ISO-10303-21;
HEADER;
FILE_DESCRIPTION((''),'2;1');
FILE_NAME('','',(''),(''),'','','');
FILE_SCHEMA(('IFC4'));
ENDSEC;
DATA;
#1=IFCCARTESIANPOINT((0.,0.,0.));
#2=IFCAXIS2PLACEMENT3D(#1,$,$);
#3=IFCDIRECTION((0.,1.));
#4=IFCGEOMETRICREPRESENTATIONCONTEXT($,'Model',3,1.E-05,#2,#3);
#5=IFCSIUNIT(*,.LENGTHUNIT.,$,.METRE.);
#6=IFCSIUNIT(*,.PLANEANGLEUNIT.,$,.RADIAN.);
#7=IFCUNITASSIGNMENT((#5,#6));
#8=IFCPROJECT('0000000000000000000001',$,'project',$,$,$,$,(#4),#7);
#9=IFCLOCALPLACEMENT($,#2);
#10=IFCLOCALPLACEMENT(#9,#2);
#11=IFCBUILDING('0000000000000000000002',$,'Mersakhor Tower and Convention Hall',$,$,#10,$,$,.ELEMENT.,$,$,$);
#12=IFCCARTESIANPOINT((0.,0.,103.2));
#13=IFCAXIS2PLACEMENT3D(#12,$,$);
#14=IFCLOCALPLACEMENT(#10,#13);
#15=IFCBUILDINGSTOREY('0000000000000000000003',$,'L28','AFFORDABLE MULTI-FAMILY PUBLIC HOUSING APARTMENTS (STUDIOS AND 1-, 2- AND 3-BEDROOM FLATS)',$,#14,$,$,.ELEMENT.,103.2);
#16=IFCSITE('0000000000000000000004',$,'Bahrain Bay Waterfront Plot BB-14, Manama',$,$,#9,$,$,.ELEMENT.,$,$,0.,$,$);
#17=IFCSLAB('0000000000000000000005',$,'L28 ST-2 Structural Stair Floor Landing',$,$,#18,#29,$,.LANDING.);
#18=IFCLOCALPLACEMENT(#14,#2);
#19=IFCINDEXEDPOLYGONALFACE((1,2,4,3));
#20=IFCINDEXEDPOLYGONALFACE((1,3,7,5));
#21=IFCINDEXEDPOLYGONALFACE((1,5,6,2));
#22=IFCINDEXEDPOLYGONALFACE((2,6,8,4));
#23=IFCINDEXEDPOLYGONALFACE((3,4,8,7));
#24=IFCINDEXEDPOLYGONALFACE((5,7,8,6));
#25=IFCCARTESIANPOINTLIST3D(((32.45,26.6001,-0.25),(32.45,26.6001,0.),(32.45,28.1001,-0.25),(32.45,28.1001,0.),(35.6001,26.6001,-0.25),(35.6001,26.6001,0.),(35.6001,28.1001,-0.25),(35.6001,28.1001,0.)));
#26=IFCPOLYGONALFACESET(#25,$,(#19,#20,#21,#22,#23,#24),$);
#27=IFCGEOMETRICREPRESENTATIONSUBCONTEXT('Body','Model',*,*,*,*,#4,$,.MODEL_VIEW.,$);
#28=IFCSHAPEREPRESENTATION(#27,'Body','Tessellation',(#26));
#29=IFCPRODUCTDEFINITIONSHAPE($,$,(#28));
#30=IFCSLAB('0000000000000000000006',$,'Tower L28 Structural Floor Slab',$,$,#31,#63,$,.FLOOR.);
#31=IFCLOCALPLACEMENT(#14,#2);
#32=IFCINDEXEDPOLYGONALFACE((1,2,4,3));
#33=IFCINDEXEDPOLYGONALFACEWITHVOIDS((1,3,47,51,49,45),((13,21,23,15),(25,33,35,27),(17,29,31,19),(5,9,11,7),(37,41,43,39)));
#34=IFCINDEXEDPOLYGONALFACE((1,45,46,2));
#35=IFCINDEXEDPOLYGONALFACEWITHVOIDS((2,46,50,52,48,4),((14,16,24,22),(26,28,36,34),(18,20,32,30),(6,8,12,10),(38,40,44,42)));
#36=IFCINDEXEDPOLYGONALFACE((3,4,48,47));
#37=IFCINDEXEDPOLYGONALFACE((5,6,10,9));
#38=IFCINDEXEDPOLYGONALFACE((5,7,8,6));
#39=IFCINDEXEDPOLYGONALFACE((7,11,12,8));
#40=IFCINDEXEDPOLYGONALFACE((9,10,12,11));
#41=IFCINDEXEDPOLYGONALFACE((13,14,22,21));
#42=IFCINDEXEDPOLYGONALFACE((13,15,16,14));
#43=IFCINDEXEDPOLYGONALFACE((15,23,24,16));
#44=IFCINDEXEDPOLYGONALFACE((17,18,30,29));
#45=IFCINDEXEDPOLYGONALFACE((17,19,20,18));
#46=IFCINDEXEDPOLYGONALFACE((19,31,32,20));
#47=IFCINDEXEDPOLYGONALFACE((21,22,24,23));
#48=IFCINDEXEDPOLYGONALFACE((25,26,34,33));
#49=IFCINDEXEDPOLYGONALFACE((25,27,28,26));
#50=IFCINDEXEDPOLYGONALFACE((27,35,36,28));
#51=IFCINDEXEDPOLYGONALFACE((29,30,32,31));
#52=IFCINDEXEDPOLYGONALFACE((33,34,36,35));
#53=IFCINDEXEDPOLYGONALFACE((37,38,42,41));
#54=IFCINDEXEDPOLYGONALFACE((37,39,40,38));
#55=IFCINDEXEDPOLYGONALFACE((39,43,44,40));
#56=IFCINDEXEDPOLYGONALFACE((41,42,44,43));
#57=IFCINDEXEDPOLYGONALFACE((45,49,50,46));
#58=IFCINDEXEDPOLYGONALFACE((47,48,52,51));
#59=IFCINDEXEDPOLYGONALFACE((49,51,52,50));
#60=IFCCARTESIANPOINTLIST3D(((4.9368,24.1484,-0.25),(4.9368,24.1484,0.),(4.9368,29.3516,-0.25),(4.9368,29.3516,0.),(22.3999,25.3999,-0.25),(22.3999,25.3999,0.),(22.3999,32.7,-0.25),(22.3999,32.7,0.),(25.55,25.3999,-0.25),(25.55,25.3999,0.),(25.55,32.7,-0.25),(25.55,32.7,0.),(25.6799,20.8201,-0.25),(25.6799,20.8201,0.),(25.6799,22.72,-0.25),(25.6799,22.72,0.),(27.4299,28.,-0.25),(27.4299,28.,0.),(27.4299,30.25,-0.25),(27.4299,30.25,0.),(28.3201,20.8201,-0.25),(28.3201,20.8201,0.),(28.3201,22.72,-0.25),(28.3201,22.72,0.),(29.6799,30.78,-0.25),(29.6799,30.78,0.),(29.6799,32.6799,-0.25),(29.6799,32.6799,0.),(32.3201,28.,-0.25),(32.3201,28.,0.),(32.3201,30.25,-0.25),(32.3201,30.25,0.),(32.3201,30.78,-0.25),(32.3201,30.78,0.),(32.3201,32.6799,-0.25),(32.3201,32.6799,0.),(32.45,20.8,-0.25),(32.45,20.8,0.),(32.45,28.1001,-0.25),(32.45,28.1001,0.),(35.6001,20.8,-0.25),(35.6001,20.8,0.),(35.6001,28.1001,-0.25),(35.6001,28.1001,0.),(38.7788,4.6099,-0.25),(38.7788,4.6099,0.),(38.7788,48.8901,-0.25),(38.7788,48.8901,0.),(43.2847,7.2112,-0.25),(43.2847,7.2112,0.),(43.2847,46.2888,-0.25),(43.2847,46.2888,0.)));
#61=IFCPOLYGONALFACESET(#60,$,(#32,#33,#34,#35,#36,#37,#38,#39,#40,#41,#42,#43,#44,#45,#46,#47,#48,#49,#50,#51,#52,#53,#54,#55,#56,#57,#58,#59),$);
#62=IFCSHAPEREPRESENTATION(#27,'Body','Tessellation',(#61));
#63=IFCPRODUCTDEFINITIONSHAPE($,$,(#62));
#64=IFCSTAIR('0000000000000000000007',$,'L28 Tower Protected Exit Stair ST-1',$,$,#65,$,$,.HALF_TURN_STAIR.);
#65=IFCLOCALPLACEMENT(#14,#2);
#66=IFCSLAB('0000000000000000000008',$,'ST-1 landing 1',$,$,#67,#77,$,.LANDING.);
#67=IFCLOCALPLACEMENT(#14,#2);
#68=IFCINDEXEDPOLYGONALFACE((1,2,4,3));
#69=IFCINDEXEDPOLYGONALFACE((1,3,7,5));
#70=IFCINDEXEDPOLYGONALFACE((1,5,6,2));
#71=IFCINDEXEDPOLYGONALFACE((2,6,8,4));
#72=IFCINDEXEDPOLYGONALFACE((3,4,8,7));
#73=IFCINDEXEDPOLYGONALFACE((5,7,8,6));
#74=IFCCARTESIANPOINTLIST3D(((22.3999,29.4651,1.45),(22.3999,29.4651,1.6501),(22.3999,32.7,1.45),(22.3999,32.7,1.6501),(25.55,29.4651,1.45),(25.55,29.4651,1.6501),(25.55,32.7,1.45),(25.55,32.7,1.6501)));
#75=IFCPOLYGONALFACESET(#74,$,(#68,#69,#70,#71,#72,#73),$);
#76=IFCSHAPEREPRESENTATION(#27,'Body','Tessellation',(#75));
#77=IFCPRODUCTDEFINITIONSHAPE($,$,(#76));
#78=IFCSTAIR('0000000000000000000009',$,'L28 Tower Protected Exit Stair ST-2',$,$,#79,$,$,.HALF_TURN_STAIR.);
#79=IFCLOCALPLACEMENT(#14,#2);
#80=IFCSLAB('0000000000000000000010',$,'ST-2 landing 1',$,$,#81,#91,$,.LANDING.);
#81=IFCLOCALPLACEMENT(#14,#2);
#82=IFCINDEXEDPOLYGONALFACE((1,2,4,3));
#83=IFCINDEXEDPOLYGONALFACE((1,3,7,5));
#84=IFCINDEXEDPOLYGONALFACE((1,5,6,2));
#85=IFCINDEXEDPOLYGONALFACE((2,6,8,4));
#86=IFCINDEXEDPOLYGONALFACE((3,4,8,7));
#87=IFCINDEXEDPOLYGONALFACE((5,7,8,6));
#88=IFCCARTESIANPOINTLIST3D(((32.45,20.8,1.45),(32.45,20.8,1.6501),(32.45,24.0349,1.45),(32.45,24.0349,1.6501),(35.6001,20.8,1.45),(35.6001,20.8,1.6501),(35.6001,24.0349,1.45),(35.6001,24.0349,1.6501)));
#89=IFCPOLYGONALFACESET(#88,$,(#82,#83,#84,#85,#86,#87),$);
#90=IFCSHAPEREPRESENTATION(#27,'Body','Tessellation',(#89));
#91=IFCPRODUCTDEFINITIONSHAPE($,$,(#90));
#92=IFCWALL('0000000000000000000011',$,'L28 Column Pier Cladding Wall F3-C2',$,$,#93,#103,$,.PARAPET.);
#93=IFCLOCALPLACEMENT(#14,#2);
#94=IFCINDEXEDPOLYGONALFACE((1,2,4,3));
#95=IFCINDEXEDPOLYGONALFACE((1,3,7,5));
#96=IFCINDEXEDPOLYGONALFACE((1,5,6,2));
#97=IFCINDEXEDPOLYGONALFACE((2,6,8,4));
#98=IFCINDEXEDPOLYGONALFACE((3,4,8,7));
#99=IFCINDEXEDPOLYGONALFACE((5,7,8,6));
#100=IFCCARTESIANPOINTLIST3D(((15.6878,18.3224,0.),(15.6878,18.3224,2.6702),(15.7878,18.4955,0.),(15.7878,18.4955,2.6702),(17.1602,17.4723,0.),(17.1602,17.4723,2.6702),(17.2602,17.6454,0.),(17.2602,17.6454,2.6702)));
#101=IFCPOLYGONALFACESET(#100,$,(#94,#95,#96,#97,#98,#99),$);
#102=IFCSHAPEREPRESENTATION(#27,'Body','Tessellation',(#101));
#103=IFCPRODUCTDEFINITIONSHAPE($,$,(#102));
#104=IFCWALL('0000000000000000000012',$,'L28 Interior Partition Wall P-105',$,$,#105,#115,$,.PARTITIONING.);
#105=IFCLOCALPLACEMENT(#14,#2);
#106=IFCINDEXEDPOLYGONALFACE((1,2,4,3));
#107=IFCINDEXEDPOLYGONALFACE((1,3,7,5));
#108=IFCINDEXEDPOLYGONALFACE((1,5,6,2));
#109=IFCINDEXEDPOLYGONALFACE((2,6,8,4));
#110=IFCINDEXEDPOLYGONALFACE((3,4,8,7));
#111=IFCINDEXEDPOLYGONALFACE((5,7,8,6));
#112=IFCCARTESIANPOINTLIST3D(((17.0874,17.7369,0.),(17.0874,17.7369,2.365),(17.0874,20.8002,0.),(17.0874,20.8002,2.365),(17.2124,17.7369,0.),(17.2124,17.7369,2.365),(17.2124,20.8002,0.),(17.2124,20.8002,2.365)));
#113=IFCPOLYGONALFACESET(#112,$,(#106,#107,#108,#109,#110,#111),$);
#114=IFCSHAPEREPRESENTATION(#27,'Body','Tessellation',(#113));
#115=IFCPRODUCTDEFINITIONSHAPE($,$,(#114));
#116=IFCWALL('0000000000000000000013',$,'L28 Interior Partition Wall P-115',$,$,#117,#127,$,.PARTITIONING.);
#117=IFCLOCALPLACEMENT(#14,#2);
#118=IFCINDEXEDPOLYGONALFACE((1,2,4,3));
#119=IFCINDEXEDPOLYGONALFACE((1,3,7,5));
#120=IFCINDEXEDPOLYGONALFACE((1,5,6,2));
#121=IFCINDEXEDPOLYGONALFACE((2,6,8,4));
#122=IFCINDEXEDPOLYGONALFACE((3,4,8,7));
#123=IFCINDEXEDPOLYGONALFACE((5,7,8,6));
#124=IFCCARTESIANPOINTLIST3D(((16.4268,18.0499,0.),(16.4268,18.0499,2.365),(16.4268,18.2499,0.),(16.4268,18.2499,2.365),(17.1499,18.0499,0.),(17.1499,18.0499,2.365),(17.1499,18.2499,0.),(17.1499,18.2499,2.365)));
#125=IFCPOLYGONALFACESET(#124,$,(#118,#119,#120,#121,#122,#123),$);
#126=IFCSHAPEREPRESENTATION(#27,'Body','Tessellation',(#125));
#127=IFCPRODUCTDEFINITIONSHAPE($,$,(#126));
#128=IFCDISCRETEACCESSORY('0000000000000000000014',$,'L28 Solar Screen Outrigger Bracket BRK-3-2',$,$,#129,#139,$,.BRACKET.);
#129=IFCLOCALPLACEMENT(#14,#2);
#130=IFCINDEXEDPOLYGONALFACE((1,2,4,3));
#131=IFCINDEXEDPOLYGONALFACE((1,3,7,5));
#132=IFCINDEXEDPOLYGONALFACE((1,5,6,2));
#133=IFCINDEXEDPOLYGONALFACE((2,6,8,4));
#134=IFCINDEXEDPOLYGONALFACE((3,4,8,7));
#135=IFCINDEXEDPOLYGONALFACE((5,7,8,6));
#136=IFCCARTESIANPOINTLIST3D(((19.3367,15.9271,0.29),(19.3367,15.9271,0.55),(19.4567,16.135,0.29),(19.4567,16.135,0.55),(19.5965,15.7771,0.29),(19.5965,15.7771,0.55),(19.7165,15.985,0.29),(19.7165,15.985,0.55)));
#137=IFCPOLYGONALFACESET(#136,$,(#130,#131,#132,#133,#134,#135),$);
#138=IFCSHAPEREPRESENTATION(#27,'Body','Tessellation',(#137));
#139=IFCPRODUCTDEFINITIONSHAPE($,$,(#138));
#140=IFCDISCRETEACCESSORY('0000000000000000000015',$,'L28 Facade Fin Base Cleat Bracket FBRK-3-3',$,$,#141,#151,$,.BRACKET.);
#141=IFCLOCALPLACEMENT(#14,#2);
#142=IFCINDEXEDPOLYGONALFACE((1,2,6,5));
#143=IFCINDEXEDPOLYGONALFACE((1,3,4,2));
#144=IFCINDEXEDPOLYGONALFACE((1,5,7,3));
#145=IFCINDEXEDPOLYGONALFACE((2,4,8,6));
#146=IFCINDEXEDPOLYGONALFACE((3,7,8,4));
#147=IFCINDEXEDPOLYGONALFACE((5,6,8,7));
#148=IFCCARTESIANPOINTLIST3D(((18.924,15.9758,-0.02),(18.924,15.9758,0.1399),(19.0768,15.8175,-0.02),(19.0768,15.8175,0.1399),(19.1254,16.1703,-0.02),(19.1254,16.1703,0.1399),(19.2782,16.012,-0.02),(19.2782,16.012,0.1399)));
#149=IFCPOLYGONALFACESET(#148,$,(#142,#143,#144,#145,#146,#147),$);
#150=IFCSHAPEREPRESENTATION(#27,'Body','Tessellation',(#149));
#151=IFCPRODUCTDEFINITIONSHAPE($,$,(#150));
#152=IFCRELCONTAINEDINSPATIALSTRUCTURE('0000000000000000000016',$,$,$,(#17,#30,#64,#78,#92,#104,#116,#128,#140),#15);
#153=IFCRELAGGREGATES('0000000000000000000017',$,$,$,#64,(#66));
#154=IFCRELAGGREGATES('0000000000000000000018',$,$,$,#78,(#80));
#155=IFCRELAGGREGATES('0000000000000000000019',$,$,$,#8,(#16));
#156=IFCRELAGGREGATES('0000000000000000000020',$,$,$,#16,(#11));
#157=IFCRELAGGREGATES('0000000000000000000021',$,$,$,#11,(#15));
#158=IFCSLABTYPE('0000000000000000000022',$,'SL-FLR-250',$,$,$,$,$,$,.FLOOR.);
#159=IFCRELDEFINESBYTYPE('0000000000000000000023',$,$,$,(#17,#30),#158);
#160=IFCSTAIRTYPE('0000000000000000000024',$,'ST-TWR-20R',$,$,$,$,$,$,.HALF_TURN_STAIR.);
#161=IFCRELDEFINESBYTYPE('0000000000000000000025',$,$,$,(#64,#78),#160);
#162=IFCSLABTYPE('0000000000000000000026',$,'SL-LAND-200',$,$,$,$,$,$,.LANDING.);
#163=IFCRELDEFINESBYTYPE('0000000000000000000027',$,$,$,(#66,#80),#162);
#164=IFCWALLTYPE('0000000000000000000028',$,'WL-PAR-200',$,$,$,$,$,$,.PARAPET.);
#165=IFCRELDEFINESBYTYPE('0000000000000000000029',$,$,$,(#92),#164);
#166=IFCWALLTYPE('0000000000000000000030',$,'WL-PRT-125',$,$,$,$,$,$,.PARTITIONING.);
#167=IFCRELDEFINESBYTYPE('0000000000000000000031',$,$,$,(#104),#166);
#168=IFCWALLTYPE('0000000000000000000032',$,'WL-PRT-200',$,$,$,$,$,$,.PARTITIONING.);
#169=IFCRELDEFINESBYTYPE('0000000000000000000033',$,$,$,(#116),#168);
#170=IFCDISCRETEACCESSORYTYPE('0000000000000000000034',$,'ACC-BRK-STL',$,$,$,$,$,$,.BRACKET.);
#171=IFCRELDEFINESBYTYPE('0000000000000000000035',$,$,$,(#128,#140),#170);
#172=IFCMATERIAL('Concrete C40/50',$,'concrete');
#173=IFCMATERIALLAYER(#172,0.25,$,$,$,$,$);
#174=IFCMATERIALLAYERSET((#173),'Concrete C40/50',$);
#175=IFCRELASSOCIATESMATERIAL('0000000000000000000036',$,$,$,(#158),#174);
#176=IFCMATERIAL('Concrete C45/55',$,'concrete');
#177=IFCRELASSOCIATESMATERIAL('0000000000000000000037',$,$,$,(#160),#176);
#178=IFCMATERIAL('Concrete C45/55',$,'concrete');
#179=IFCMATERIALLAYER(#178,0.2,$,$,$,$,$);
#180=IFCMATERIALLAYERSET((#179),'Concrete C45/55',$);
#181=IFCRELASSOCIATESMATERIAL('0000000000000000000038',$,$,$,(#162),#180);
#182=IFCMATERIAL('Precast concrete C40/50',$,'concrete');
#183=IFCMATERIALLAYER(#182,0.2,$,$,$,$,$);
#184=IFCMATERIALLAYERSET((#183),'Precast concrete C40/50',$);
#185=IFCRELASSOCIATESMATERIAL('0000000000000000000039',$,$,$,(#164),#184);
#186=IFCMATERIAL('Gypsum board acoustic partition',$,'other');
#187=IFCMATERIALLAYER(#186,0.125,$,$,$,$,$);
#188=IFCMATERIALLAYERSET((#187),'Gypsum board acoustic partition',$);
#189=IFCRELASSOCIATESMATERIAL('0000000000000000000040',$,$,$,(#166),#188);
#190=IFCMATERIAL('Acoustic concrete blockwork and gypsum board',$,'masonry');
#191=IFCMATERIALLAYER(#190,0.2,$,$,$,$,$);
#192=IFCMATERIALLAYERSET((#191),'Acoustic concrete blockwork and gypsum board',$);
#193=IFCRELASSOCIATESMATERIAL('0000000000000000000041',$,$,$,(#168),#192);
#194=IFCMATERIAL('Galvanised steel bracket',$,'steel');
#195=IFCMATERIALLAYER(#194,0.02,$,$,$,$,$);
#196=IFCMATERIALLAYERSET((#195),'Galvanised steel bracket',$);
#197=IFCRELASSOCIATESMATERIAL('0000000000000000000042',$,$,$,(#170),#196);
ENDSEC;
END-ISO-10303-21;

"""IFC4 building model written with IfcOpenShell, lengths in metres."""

from ifc_helpers import new_model, si_unit, direction, frame, frame_2d, origin, origin_2d, place, context, subcontext, project, spatial, polyline, rectangle, outline, extrude, material, layer, layer_set, type_object, element, aggregate, save


model = new_model("IFC4")

# Units and contexts
model_context = context("Model", 3, precision=1e-05, world=origin(), true_north=direction((0.0, 1.0)))
body_context = subcontext(model_context, "Body", "Model", "MODEL_VIEW")
ifc_project = project(units=[si_unit("LENGTHUNIT", "METRE"), si_unit("PLANEANGLEUNIT", "RADIAN")], contexts=[model_context])

# Site, building, storey
site_placement = place(None, origin())
site = spatial("IfcSite", under=ifc_project, at=site_placement, Name="Bahrain Bay Waterfront Plot BB-14, Manama", CompositionType="ELEMENT", RefElevation=0.0)
building_placement = place(site_placement, origin())
building = spatial("IfcBuilding", under=site, at=building_placement, Name="Mersakhor Tower and Convention Hall", CompositionType="ELEMENT")
storey_placement = place(building_placement, frame((0.0, 0.0, 103.2)))
storey = spatial("IfcBuildingStorey", under=building, at=storey_placement, Name="L28", Description="AFFORDABLE MULTI-FAMILY PUBLIC HOUSING APARTMENTS (STUDIOS AND 1-, 2- AND 3-BEDROOM FLATS)", CompositionType="ELEMENT", Elevation=103.2)

# Slabs
ifc_material_1 = material(Name="Concrete C40/50", Category="concrete")
ifc_layer_1 = layer(ifc_material_1, 0.25)
ifc_layer_set_1 = layer_set([ifc_layer_1], Name="Concrete C40/50")
slab_type_1 = type_object("IfcSlabType", Name="SL-FLR-250", PredefinedType="FLOOR", material=ifc_layer_set_1)
slab_1_placement = place(storey_placement, frame((0.0, 0.0, -0.25)))
element("IfcSlab", 1, at=slab_1_placement, inside=storey, type_object=slab_type_1, Name="L28 ST-2 Structural Stair Floor Landing", PredefinedType="LANDING", context=body_context, shape_type="SweptSolid", body=[
    extrude(outline(polyline([(32.45, 28.1001), (32.45, 26.6001), (35.6001, 26.6001), (35.6001, 28.1001), (32.45, 28.1001)])), origin(), (0.0, 0.0, 1.0), 0.25),
])
slab_2_placement = place(storey_placement, frame((0.0, 0.0, -0.25)))
element("IfcSlab", 2, at=slab_2_placement, inside=storey, type_object=slab_type_1, Name="Tower L28 Structural Floor Slab", PredefinedType="FLOOR", context=body_context, shape_type="SweptSolid", body=[
    extrude(outline(polyline([(4.9368, 29.3516), (38.7788, 48.8901), (43.2847, 46.2888), (43.2847, 7.2112), (38.7788, 4.6099), (4.9368, 24.1484), (4.9368, 29.3516)]), holes=[polyline([(25.55, 25.3999), (25.55, 32.7), (22.3999, 32.7), (22.3999, 25.3999), (25.55, 25.3999)]), polyline([(32.45, 28.1001), (32.45, 20.8), (35.6001, 20.8), (35.6001, 28.1001), (32.45, 28.1001)]), polyline([(25.6799, 20.8201), (25.6799, 22.72), (28.3201, 22.72), (28.3201, 20.8201), (25.6799, 20.8201)]), polyline([(29.6799, 30.78), (29.6799, 32.6799), (32.3201, 32.6799), (32.3201, 30.78), (29.6799, 30.78)]), polyline([(27.4299, 28.0), (27.4299, 30.25), (32.3201, 30.25), (32.3201, 28.0), (27.4299, 28.0)])]), origin(), (0.0, 0.0, 1.0), 0.25),
])

# Stairs, slabs
ifc_material_2 = material(Name="Concrete C45/55", Category="concrete")
stair_type = type_object("IfcStairType", Name="ST-TWR-20R", PredefinedType="HALF_TURN_STAIR", material=ifc_material_2)
stair_1_placement = place(storey_placement, origin())
stair_1 = element("IfcStair", 3, at=stair_1_placement, inside=storey, type_object=stair_type, Name="L28 Tower Protected Exit Stair ST-1", PredefinedType="HALF_TURN_STAIR")
ifc_material_3 = material(Name="Concrete C45/55", Category="concrete")
ifc_layer_2 = layer(ifc_material_3, 0.2)
ifc_layer_set_2 = layer_set([ifc_layer_2], Name="Concrete C45/55")
slab_type_2 = type_object("IfcSlabType", Name="SL-LAND-200", PredefinedType="LANDING", material=ifc_layer_set_2)
slab_3_placement = place(storey_placement, frame((0.0, 0.0, 1.45)))
slab_3 = element("IfcSlab", 4, at=slab_3_placement, type_object=slab_type_2, Name="ST-1 landing 1", PredefinedType="LANDING", context=body_context, shape_type="SweptSolid", body=[
    extrude(outline(polyline([(25.55, 29.4651), (25.55, 32.7), (22.3999, 32.7), (22.3999, 29.4651), (25.55, 29.4651)])), origin(), (0.0, 0.0, 1.0), 0.2002),
])
aggregate(stair_1, [slab_3])
stair_2_placement = place(storey_placement, origin())
stair_2 = element("IfcStair", 5, at=stair_2_placement, inside=storey, type_object=stair_type, Name="L28 Tower Protected Exit Stair ST-2", PredefinedType="HALF_TURN_STAIR")
slab_4_placement = place(storey_placement, frame((0.0, 0.0, 1.45)))
slab_4 = element("IfcSlab", 6, at=slab_4_placement, type_object=slab_type_2, Name="ST-2 landing 1", PredefinedType="LANDING", context=body_context, shape_type="SweptSolid", body=[
    extrude(outline(polyline([(32.45, 24.0349), (32.45, 20.8), (35.6001, 20.8), (35.6001, 24.0349), (32.45, 24.0349)])), origin(), (0.0, 0.0, 1.0), 0.2002),
])
aggregate(stair_2, [slab_4])

# Walls
ifc_material_4 = material(Name="Precast concrete C40/50", Category="concrete")
ifc_layer_3 = layer(ifc_material_4, 0.2)
ifc_layer_set_3 = layer_set([ifc_layer_3], Name="Precast concrete C40/50")
wall_type_1 = type_object("IfcWallType", Name="WL-PAR-200", PredefinedType="PARAPET", material=ifc_layer_set_3)
wall_1_placement = place(storey_placement, frame((17.2102, 17.5588, 0.0), z_axis=(0.0, 0.0, 1.0), x_axis=(-0.866025, 0.5, 0.0)))
element("IfcWall", 7, at=wall_1_placement, inside=storey, type_object=wall_type_1, Name="L28 Column Pier Cladding Wall F3-C2", PredefinedType="PARAPET", context=body_context, shape_type="SweptSolid", body=[
    extrude(rectangle(XDim=1.7002, YDim=0.2, at=frame_2d((0.8501, 0.0))), origin(), (0.0, 0.0, 1.0), 2.6702),
])
ifc_material_5 = material(Name="Gypsum board acoustic partition", Category="other")
ifc_layer_4 = layer(ifc_material_5, 0.125)
ifc_layer_set_4 = layer_set([ifc_layer_4], Name="Gypsum board acoustic partition")
wall_type_2 = type_object("IfcWallType", Name="WL-PRT-125", PredefinedType="PARTITIONING", material=ifc_layer_set_4)
wall_2_placement = place(storey_placement, frame((17.1499, 17.7368, 0.0), z_axis=(0.0, 0.0, 1.0), x_axis=(0.0, 1.0, 0.0)))
element("IfcWall", 8, at=wall_2_placement, inside=storey, type_object=wall_type_2, Name="L28 Interior Partition Wall P-105", PredefinedType="PARTITIONING", context=body_context, shape_type="SweptSolid", body=[
    extrude(rectangle(XDim=3.0632, YDim=0.125, at=frame_2d((1.5317, 0.0))), origin(), (0.0, 0.0, 1.0), 2.365),
])
ifc_material_6 = material(Name="Acoustic concrete blockwork and gypsum board", Category="masonry")
ifc_layer_5 = layer(ifc_material_6, 0.2)
ifc_layer_set_5 = layer_set([ifc_layer_5], Name="Acoustic concrete blockwork and gypsum board")
wall_type_3 = type_object("IfcWallType", Name="WL-PRT-200", PredefinedType="PARTITIONING", material=ifc_layer_set_5)
wall_3_placement = place(storey_placement, frame((16.4268, 18.1499, 0.0), z_axis=(0.0, 0.0, 1.0), x_axis=(1.0, 0.0, 0.0)))
element("IfcWall", 9, at=wall_3_placement, inside=storey, type_object=wall_type_3, Name="L28 Interior Partition Wall P-115", PredefinedType="PARTITIONING", context=body_context, shape_type="SweptSolid", body=[
    extrude(rectangle(XDim=0.7231, YDim=0.2, at=frame_2d((0.3616, 0.0))), origin(), (0.0, 0.0, 1.0), 2.365),
])

# Discrete accessories
ifc_material_7 = material(Name="Galvanised steel bracket", Category="steel")
ifc_layer_6 = layer(ifc_material_7, 0.02)
ifc_layer_set_6 = layer_set([ifc_layer_6], Name="Galvanised steel bracket")
discrete_accessory_type = type_object("IfcDiscreteAccessoryType", Name="ACC-BRK-STL", PredefinedType="BRACKET", material=ifc_layer_set_6)
discrete_accessory_1_placement = place(storey_placement, frame((19.5266, 15.9561, 0.29), z_axis=(0.0, 0.0, 1.0), x_axis=(-0.866025, 0.5, 0.0)))
element("IfcDiscreteAccessory", 10, at=discrete_accessory_1_placement, inside=storey, type_object=discrete_accessory_type, Name="L28 Solar Screen Outrigger Bracket BRK-3-2", PredefinedType="BRACKET", context=body_context, shape_type="SweptSolid", body=[
    extrude(rectangle(XDim=0.3, YDim=0.24, at=origin_2d()), origin(), (0.0, 0.0, 1.0), 0.26),
])
discrete_accessory_2_placement = place(storey_placement, frame((19.1011, 15.9939, -0.02), z_axis=(0.0, 0.0, 1.0), x_axis=(-0.71934, -0.694658, 0.0)))
element("IfcDiscreteAccessory", 11, at=discrete_accessory_2_placement, inside=storey, type_object=discrete_accessory_type, Name="L28 Facade Fin Base Cleat Bracket FBRK-3-3", PredefinedType="BRACKET", context=body_context, shape_type="SweptSolid", body=[
    extrude(rectangle(XDim=0.28, YDim=0.22, at=origin_2d()), origin(), (0.0, 0.0, 1.0), 0.1599),
])

save(model, "model.ifc")
